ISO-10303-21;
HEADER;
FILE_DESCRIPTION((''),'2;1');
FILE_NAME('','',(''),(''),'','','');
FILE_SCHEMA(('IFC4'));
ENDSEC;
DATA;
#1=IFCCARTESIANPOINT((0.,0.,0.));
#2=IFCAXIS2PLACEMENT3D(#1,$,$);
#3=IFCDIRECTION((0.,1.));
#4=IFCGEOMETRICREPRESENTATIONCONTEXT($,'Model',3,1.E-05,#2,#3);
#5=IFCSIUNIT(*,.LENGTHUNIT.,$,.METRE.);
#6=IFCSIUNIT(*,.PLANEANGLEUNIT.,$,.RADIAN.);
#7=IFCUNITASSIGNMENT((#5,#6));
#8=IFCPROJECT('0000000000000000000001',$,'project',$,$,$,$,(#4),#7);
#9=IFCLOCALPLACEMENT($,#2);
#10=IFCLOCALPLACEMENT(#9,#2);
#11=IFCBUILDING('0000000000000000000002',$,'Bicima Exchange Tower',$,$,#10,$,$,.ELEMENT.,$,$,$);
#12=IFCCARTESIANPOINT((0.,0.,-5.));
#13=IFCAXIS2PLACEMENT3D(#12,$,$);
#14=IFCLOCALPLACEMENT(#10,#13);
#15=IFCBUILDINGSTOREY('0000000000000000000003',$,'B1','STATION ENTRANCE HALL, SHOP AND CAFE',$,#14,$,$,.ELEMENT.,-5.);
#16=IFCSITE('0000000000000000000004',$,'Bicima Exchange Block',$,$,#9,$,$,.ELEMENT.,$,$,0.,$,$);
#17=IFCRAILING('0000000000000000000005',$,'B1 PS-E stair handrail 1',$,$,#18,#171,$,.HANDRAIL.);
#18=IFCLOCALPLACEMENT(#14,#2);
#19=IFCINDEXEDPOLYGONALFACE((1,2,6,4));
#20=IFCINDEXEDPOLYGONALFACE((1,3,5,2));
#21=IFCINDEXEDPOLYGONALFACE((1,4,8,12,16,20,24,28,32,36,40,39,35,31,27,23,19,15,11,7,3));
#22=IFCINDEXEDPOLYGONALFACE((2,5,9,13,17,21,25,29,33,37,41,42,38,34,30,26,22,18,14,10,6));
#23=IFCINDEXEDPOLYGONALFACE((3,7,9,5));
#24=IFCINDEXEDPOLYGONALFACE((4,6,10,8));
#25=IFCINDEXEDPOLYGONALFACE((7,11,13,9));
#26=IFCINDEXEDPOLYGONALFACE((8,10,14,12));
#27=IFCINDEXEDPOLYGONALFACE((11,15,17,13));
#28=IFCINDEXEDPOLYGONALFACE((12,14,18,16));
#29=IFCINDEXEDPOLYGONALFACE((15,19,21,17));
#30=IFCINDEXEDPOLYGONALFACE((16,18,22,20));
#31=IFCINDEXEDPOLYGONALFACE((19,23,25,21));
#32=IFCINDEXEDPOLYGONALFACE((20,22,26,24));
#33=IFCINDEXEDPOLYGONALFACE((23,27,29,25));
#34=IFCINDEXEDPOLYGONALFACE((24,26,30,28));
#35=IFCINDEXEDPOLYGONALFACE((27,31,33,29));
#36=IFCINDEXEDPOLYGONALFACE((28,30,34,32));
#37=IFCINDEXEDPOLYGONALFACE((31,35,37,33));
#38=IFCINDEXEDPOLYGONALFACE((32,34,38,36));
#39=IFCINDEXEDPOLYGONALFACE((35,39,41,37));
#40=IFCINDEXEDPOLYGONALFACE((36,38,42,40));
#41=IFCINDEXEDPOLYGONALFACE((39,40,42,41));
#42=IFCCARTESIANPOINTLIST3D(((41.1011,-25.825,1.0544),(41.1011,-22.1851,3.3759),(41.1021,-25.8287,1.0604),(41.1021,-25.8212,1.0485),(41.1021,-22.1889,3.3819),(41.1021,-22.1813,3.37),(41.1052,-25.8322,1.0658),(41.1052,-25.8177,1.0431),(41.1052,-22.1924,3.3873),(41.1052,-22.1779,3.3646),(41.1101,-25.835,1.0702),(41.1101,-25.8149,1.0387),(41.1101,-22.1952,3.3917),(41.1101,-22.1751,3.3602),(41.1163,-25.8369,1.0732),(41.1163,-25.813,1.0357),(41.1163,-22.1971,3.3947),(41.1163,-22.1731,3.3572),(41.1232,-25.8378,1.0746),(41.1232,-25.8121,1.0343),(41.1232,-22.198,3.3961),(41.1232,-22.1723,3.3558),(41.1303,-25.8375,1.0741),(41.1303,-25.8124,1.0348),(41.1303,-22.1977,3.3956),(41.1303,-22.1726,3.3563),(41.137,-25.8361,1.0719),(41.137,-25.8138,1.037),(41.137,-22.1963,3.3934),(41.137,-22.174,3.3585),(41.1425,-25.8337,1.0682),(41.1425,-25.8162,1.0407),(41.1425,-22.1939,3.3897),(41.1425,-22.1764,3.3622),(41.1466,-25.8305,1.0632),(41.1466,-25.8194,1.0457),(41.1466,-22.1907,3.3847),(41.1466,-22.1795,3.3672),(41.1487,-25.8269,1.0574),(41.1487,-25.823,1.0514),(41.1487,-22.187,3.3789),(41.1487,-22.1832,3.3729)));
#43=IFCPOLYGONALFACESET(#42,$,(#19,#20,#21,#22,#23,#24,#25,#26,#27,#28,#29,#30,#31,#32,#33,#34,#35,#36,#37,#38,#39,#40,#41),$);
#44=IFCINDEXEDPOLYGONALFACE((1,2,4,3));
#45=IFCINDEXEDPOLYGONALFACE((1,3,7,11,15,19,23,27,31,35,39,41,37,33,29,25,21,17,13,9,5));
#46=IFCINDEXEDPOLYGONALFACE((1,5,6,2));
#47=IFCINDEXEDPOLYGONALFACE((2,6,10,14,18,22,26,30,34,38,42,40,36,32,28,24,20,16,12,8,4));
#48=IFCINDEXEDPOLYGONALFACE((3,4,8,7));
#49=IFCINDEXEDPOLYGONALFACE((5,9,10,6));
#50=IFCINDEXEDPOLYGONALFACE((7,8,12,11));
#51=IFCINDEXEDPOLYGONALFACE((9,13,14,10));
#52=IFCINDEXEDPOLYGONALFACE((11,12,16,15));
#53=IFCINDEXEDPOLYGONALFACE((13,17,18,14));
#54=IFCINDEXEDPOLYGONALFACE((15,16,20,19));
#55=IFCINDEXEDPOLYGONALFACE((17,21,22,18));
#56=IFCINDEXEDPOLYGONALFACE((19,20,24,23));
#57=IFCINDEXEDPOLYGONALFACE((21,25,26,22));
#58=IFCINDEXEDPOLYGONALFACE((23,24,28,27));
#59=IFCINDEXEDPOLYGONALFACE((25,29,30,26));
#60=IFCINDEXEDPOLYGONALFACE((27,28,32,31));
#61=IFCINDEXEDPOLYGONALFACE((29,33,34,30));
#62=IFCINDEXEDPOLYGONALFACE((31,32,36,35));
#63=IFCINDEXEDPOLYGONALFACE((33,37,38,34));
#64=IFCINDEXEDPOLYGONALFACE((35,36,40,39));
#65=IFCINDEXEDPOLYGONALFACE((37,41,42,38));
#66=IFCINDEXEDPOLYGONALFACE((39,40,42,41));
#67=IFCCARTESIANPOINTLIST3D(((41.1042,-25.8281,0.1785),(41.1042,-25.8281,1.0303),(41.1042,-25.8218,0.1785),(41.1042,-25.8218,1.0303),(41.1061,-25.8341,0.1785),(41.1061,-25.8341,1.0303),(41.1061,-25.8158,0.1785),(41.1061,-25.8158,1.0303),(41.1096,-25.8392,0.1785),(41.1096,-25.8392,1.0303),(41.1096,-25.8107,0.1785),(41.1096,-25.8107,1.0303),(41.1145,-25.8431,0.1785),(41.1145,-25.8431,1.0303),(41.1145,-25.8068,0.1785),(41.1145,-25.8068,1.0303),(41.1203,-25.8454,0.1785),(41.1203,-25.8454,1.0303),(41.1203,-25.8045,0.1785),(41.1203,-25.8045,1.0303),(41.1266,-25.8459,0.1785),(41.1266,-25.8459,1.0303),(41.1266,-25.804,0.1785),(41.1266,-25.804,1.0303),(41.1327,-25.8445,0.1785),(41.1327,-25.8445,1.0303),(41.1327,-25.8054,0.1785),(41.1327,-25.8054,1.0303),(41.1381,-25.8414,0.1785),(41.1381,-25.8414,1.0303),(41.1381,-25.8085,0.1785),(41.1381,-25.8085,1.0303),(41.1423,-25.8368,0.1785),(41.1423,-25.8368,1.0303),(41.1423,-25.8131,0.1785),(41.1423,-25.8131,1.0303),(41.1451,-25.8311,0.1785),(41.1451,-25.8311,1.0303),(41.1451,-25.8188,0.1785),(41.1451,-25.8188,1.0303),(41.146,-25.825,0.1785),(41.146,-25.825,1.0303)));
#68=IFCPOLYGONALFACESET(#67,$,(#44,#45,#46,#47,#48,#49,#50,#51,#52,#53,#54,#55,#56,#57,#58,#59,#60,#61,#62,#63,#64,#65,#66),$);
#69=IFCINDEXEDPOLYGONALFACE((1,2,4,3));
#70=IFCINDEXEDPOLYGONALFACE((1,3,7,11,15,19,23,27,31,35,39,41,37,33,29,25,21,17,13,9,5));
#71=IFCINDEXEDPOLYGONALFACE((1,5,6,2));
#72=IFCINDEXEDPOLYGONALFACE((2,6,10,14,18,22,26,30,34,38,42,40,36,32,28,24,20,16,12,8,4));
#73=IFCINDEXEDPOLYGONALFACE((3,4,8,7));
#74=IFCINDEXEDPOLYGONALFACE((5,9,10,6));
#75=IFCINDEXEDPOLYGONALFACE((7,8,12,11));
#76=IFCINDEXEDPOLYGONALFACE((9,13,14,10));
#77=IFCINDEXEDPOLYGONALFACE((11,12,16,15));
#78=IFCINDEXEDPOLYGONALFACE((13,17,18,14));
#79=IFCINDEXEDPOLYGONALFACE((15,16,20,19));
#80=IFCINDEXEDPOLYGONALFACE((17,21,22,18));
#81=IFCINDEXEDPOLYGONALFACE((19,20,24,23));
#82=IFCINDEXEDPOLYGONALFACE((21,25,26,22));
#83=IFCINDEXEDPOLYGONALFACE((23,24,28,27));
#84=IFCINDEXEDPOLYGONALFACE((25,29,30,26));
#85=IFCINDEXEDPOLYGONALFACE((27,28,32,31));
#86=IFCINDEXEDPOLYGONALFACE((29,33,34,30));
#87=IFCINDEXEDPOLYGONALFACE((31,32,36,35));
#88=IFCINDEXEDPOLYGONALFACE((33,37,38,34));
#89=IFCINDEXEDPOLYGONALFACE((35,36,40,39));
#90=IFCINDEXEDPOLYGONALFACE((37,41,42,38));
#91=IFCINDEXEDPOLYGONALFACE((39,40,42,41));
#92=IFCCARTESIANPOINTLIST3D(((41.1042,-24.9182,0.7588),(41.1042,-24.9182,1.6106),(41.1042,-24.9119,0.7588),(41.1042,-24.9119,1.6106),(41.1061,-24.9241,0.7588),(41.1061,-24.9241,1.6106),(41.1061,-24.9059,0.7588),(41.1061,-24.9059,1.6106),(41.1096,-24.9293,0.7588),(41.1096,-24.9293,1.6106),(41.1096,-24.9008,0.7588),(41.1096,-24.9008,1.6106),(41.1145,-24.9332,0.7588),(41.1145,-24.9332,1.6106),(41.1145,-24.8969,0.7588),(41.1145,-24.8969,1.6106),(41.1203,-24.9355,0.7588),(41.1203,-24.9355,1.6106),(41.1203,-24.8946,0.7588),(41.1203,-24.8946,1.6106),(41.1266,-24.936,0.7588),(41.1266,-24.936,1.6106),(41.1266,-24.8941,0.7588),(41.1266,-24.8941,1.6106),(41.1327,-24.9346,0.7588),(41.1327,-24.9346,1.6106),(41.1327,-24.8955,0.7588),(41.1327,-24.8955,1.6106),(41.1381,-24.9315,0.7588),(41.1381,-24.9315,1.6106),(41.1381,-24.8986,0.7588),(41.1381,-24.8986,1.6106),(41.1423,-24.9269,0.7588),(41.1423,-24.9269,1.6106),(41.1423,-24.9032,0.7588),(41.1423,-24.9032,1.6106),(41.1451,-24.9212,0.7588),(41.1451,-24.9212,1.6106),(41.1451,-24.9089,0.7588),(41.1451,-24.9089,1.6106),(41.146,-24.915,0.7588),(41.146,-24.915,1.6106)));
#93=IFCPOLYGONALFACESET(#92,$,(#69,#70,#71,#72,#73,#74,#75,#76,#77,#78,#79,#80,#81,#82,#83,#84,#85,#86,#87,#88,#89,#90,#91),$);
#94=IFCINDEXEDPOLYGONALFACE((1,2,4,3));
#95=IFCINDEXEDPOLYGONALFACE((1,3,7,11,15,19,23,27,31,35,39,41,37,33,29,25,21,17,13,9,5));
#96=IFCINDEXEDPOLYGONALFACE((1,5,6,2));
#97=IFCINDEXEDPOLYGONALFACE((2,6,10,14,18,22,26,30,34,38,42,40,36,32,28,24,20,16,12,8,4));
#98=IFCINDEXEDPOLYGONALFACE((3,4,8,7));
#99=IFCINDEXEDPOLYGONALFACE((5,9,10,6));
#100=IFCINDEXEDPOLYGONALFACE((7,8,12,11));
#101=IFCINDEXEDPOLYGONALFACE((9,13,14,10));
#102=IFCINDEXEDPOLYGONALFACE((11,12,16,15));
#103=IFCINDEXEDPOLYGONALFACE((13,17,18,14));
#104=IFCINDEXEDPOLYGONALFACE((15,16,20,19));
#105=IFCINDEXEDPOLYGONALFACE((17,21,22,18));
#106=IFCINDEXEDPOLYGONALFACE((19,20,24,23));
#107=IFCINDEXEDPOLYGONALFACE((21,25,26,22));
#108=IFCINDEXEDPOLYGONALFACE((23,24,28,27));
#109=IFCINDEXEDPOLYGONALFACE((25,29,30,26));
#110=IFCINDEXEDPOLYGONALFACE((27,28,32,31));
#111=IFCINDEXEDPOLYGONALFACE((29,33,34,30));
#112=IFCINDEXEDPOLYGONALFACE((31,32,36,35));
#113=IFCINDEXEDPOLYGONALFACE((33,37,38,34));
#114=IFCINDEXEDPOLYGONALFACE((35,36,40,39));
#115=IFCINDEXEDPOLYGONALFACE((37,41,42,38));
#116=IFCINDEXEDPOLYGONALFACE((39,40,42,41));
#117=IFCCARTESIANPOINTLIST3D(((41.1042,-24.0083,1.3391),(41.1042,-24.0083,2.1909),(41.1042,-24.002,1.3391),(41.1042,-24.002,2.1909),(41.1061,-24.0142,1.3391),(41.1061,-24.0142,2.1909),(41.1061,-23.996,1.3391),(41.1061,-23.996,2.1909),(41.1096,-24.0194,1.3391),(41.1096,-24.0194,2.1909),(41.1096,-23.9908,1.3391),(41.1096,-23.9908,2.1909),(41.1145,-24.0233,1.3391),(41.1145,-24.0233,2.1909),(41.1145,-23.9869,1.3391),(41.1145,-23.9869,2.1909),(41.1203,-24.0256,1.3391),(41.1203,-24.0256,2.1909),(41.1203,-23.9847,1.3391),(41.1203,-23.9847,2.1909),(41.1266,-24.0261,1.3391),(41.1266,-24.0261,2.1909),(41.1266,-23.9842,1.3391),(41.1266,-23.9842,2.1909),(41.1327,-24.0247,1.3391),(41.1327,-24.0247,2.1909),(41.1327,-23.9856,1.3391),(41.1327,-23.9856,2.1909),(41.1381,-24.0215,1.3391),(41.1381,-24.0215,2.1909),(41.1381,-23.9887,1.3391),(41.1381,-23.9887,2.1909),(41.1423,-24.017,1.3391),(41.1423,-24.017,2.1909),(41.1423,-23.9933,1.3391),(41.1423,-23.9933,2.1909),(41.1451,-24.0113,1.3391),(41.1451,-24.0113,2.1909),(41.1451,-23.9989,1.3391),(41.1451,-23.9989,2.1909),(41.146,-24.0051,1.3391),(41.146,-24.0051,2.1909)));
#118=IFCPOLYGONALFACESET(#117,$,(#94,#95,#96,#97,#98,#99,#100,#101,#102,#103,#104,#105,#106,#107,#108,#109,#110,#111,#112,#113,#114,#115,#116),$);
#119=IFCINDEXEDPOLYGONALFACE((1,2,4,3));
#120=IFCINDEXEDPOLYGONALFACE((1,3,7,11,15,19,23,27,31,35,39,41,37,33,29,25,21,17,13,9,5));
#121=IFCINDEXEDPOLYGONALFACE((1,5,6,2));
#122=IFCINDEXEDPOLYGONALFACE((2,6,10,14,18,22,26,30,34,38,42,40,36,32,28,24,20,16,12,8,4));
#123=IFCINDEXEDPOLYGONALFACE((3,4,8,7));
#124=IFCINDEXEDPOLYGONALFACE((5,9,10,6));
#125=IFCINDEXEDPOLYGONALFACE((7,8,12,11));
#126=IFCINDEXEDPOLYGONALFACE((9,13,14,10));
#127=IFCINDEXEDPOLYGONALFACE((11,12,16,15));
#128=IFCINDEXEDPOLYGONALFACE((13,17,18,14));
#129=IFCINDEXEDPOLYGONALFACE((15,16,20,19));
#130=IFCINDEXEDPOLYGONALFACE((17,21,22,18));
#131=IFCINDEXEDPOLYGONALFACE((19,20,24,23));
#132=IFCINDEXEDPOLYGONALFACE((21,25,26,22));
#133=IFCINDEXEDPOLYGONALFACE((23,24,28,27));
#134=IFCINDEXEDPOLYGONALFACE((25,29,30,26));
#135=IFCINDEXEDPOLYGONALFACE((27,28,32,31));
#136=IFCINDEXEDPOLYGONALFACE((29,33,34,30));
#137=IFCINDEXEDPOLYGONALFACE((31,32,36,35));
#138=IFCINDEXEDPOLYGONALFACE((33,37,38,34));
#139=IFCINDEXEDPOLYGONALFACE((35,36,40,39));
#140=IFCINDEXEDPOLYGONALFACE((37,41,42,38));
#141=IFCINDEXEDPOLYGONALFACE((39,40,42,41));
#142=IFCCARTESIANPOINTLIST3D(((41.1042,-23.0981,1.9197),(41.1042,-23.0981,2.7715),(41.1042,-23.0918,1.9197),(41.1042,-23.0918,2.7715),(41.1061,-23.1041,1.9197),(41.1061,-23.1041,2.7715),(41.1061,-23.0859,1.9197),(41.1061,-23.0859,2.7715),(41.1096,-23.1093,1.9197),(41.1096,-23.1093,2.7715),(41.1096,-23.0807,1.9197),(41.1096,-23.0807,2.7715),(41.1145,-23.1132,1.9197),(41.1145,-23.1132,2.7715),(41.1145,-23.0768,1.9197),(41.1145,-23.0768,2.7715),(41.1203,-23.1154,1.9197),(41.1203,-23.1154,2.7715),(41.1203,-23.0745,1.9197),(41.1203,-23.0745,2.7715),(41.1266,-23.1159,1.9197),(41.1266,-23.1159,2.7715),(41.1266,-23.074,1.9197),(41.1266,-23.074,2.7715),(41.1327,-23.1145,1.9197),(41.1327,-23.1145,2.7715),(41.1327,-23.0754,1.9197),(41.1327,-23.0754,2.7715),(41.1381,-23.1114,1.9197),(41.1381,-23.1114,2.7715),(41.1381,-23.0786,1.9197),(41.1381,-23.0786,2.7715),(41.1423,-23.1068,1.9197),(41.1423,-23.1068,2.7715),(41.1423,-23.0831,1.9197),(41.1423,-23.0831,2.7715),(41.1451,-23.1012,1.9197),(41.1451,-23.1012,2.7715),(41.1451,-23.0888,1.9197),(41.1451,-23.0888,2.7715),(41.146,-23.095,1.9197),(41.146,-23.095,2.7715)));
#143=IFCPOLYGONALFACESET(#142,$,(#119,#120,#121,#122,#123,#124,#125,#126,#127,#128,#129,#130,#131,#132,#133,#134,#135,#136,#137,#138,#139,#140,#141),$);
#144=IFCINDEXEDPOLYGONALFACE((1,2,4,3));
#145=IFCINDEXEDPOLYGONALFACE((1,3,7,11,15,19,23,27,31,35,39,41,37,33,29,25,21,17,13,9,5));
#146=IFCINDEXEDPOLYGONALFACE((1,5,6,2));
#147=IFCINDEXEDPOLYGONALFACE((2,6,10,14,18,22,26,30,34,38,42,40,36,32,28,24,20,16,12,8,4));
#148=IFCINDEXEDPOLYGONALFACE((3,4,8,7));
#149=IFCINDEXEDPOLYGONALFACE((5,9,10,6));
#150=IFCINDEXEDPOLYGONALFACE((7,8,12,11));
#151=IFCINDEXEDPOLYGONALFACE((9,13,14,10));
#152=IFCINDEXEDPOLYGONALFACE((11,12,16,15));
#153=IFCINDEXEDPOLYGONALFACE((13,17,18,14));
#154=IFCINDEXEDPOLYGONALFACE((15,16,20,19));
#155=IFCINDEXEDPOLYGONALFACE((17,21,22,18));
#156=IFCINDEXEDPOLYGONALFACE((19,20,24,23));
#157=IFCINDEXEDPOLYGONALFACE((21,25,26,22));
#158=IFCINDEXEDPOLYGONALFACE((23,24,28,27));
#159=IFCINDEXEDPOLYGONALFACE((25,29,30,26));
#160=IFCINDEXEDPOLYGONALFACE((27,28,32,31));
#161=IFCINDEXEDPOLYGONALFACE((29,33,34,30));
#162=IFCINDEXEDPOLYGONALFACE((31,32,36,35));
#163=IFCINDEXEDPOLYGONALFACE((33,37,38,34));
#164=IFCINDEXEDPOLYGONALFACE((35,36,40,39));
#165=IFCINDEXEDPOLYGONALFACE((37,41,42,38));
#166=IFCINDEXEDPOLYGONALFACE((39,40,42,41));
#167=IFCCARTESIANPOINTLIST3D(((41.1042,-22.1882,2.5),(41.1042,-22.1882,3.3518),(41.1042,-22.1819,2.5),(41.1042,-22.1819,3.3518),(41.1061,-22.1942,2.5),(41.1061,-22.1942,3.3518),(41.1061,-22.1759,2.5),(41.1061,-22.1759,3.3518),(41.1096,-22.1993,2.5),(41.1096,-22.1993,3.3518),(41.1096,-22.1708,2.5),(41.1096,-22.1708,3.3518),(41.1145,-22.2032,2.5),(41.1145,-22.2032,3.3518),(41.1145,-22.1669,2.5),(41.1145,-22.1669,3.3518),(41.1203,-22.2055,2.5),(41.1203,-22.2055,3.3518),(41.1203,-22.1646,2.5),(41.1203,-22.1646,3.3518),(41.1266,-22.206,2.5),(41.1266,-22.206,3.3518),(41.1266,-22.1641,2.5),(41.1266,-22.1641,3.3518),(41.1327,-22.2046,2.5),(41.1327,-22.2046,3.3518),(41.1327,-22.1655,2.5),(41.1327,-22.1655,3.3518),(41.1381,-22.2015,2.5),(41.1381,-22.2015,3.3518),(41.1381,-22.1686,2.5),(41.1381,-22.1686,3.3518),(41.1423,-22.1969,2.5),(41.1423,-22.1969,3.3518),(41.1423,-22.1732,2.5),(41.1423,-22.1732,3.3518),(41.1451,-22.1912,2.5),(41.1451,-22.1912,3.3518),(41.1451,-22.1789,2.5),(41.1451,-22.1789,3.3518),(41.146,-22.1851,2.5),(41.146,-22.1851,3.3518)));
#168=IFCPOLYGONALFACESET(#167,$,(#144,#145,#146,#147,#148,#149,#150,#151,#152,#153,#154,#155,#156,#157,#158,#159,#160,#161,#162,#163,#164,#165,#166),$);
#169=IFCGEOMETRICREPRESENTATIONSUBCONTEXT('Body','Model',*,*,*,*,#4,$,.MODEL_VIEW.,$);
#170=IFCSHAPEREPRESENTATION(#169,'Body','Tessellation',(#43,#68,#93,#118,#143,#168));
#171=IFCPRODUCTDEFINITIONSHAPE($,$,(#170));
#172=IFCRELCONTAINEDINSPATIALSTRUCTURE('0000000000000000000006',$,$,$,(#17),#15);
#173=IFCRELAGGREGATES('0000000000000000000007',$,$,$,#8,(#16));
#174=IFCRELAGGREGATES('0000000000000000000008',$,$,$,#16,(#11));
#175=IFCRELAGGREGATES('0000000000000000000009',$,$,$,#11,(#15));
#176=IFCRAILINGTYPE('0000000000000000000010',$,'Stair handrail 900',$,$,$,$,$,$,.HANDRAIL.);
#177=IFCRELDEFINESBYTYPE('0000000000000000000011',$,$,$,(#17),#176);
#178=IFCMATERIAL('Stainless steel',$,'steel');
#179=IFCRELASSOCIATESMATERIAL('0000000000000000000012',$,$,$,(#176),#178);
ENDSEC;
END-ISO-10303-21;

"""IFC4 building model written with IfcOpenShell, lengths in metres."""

from ifc_helpers import new_model, si_unit, direction, frame, origin, origin_2d, place, context, subcontext, project, spatial, circle, extrude, material, type_object, element, save


model = new_model("IFC4")

# Units and contexts
model_context = context("Model", 3, precision=1e-05, world=origin(), true_north=direction((0.0, 1.0)))
body_context = subcontext(model_context, "Body", "Model", "MODEL_VIEW")
ifc_project = project(units=[si_unit("LENGTHUNIT", "METRE"), si_unit("PLANEANGLEUNIT", "RADIAN")], contexts=[model_context])

# Site, building, storey
site_placement = place(None, origin())
site = spatial("IfcSite", under=ifc_project, at=site_placement, Name="Bicima Exchange Block", CompositionType="ELEMENT", RefElevation=0.0)
building_placement = place(site_placement, origin())
building = spatial("IfcBuilding", under=site, at=building_placement, Name="Bicima Exchange Tower", CompositionType="ELEMENT")
storey_placement = place(building_placement, frame((0.0, 0.0, -5.0)))
storey = spatial("IfcBuildingStorey", under=building, at=storey_placement, Name="B1", Description="STATION ENTRANCE HALL, SHOP AND CAFE", CompositionType="ELEMENT", Elevation=-5.0)

# Railing
ifc_material_1 = material(Name="Stainless steel", Category="steel")
railing_type_1 = type_object("IfcRailingType", Name="Stair handrail 900", PredefinedType="HANDRAIL", material=ifc_material_1)
railing_1_placement = place(storey_placement, frame((41.125, -25.825, 0.1785)))
element("IfcRailing", 1, at=railing_1_placement, inside=storey, type_object=railing_type_1, Name="B1 PS-E stair handrail 1", PredefinedType="HANDRAIL", context=body_context, shape_type="SweptSolid", body=[
    extrude(circle(Radius=0.0239, at=origin_2d()), frame((0.0, 0.0, 0.876), z_axis=(0.0, 0.843112, 0.537739), x_axis=(-1.0, 0.0, 0.0)), (0.0, 0.0, 1.0), 4.3171),
    extrude(circle(Radius=0.021, at=origin_2d()), origin(), (0.0, 0.0, 1.0), 0.8518),
    extrude(circle(Radius=0.021, at=origin_2d()), frame((0.0, 0.9099, 0.5803)), (0.0, 0.0, 1.0), 0.8518),
    extrude(circle(Radius=0.021, at=origin_2d()), frame((0.0, 1.8198, 1.1606)), (0.0, 0.0, 1.0), 0.8518),
    extrude(circle(Radius=0.021, at=origin_2d()), frame((0.0, 2.73, 1.7412)), (0.0, 0.0, 1.0), 0.8518),
    extrude(circle(Radius=0.021, at=origin_2d()), frame((0.0, 3.6399, 2.3215)), (0.0, 0.0, 1.0), 0.8518),
])

save(model, "model.ifc")
